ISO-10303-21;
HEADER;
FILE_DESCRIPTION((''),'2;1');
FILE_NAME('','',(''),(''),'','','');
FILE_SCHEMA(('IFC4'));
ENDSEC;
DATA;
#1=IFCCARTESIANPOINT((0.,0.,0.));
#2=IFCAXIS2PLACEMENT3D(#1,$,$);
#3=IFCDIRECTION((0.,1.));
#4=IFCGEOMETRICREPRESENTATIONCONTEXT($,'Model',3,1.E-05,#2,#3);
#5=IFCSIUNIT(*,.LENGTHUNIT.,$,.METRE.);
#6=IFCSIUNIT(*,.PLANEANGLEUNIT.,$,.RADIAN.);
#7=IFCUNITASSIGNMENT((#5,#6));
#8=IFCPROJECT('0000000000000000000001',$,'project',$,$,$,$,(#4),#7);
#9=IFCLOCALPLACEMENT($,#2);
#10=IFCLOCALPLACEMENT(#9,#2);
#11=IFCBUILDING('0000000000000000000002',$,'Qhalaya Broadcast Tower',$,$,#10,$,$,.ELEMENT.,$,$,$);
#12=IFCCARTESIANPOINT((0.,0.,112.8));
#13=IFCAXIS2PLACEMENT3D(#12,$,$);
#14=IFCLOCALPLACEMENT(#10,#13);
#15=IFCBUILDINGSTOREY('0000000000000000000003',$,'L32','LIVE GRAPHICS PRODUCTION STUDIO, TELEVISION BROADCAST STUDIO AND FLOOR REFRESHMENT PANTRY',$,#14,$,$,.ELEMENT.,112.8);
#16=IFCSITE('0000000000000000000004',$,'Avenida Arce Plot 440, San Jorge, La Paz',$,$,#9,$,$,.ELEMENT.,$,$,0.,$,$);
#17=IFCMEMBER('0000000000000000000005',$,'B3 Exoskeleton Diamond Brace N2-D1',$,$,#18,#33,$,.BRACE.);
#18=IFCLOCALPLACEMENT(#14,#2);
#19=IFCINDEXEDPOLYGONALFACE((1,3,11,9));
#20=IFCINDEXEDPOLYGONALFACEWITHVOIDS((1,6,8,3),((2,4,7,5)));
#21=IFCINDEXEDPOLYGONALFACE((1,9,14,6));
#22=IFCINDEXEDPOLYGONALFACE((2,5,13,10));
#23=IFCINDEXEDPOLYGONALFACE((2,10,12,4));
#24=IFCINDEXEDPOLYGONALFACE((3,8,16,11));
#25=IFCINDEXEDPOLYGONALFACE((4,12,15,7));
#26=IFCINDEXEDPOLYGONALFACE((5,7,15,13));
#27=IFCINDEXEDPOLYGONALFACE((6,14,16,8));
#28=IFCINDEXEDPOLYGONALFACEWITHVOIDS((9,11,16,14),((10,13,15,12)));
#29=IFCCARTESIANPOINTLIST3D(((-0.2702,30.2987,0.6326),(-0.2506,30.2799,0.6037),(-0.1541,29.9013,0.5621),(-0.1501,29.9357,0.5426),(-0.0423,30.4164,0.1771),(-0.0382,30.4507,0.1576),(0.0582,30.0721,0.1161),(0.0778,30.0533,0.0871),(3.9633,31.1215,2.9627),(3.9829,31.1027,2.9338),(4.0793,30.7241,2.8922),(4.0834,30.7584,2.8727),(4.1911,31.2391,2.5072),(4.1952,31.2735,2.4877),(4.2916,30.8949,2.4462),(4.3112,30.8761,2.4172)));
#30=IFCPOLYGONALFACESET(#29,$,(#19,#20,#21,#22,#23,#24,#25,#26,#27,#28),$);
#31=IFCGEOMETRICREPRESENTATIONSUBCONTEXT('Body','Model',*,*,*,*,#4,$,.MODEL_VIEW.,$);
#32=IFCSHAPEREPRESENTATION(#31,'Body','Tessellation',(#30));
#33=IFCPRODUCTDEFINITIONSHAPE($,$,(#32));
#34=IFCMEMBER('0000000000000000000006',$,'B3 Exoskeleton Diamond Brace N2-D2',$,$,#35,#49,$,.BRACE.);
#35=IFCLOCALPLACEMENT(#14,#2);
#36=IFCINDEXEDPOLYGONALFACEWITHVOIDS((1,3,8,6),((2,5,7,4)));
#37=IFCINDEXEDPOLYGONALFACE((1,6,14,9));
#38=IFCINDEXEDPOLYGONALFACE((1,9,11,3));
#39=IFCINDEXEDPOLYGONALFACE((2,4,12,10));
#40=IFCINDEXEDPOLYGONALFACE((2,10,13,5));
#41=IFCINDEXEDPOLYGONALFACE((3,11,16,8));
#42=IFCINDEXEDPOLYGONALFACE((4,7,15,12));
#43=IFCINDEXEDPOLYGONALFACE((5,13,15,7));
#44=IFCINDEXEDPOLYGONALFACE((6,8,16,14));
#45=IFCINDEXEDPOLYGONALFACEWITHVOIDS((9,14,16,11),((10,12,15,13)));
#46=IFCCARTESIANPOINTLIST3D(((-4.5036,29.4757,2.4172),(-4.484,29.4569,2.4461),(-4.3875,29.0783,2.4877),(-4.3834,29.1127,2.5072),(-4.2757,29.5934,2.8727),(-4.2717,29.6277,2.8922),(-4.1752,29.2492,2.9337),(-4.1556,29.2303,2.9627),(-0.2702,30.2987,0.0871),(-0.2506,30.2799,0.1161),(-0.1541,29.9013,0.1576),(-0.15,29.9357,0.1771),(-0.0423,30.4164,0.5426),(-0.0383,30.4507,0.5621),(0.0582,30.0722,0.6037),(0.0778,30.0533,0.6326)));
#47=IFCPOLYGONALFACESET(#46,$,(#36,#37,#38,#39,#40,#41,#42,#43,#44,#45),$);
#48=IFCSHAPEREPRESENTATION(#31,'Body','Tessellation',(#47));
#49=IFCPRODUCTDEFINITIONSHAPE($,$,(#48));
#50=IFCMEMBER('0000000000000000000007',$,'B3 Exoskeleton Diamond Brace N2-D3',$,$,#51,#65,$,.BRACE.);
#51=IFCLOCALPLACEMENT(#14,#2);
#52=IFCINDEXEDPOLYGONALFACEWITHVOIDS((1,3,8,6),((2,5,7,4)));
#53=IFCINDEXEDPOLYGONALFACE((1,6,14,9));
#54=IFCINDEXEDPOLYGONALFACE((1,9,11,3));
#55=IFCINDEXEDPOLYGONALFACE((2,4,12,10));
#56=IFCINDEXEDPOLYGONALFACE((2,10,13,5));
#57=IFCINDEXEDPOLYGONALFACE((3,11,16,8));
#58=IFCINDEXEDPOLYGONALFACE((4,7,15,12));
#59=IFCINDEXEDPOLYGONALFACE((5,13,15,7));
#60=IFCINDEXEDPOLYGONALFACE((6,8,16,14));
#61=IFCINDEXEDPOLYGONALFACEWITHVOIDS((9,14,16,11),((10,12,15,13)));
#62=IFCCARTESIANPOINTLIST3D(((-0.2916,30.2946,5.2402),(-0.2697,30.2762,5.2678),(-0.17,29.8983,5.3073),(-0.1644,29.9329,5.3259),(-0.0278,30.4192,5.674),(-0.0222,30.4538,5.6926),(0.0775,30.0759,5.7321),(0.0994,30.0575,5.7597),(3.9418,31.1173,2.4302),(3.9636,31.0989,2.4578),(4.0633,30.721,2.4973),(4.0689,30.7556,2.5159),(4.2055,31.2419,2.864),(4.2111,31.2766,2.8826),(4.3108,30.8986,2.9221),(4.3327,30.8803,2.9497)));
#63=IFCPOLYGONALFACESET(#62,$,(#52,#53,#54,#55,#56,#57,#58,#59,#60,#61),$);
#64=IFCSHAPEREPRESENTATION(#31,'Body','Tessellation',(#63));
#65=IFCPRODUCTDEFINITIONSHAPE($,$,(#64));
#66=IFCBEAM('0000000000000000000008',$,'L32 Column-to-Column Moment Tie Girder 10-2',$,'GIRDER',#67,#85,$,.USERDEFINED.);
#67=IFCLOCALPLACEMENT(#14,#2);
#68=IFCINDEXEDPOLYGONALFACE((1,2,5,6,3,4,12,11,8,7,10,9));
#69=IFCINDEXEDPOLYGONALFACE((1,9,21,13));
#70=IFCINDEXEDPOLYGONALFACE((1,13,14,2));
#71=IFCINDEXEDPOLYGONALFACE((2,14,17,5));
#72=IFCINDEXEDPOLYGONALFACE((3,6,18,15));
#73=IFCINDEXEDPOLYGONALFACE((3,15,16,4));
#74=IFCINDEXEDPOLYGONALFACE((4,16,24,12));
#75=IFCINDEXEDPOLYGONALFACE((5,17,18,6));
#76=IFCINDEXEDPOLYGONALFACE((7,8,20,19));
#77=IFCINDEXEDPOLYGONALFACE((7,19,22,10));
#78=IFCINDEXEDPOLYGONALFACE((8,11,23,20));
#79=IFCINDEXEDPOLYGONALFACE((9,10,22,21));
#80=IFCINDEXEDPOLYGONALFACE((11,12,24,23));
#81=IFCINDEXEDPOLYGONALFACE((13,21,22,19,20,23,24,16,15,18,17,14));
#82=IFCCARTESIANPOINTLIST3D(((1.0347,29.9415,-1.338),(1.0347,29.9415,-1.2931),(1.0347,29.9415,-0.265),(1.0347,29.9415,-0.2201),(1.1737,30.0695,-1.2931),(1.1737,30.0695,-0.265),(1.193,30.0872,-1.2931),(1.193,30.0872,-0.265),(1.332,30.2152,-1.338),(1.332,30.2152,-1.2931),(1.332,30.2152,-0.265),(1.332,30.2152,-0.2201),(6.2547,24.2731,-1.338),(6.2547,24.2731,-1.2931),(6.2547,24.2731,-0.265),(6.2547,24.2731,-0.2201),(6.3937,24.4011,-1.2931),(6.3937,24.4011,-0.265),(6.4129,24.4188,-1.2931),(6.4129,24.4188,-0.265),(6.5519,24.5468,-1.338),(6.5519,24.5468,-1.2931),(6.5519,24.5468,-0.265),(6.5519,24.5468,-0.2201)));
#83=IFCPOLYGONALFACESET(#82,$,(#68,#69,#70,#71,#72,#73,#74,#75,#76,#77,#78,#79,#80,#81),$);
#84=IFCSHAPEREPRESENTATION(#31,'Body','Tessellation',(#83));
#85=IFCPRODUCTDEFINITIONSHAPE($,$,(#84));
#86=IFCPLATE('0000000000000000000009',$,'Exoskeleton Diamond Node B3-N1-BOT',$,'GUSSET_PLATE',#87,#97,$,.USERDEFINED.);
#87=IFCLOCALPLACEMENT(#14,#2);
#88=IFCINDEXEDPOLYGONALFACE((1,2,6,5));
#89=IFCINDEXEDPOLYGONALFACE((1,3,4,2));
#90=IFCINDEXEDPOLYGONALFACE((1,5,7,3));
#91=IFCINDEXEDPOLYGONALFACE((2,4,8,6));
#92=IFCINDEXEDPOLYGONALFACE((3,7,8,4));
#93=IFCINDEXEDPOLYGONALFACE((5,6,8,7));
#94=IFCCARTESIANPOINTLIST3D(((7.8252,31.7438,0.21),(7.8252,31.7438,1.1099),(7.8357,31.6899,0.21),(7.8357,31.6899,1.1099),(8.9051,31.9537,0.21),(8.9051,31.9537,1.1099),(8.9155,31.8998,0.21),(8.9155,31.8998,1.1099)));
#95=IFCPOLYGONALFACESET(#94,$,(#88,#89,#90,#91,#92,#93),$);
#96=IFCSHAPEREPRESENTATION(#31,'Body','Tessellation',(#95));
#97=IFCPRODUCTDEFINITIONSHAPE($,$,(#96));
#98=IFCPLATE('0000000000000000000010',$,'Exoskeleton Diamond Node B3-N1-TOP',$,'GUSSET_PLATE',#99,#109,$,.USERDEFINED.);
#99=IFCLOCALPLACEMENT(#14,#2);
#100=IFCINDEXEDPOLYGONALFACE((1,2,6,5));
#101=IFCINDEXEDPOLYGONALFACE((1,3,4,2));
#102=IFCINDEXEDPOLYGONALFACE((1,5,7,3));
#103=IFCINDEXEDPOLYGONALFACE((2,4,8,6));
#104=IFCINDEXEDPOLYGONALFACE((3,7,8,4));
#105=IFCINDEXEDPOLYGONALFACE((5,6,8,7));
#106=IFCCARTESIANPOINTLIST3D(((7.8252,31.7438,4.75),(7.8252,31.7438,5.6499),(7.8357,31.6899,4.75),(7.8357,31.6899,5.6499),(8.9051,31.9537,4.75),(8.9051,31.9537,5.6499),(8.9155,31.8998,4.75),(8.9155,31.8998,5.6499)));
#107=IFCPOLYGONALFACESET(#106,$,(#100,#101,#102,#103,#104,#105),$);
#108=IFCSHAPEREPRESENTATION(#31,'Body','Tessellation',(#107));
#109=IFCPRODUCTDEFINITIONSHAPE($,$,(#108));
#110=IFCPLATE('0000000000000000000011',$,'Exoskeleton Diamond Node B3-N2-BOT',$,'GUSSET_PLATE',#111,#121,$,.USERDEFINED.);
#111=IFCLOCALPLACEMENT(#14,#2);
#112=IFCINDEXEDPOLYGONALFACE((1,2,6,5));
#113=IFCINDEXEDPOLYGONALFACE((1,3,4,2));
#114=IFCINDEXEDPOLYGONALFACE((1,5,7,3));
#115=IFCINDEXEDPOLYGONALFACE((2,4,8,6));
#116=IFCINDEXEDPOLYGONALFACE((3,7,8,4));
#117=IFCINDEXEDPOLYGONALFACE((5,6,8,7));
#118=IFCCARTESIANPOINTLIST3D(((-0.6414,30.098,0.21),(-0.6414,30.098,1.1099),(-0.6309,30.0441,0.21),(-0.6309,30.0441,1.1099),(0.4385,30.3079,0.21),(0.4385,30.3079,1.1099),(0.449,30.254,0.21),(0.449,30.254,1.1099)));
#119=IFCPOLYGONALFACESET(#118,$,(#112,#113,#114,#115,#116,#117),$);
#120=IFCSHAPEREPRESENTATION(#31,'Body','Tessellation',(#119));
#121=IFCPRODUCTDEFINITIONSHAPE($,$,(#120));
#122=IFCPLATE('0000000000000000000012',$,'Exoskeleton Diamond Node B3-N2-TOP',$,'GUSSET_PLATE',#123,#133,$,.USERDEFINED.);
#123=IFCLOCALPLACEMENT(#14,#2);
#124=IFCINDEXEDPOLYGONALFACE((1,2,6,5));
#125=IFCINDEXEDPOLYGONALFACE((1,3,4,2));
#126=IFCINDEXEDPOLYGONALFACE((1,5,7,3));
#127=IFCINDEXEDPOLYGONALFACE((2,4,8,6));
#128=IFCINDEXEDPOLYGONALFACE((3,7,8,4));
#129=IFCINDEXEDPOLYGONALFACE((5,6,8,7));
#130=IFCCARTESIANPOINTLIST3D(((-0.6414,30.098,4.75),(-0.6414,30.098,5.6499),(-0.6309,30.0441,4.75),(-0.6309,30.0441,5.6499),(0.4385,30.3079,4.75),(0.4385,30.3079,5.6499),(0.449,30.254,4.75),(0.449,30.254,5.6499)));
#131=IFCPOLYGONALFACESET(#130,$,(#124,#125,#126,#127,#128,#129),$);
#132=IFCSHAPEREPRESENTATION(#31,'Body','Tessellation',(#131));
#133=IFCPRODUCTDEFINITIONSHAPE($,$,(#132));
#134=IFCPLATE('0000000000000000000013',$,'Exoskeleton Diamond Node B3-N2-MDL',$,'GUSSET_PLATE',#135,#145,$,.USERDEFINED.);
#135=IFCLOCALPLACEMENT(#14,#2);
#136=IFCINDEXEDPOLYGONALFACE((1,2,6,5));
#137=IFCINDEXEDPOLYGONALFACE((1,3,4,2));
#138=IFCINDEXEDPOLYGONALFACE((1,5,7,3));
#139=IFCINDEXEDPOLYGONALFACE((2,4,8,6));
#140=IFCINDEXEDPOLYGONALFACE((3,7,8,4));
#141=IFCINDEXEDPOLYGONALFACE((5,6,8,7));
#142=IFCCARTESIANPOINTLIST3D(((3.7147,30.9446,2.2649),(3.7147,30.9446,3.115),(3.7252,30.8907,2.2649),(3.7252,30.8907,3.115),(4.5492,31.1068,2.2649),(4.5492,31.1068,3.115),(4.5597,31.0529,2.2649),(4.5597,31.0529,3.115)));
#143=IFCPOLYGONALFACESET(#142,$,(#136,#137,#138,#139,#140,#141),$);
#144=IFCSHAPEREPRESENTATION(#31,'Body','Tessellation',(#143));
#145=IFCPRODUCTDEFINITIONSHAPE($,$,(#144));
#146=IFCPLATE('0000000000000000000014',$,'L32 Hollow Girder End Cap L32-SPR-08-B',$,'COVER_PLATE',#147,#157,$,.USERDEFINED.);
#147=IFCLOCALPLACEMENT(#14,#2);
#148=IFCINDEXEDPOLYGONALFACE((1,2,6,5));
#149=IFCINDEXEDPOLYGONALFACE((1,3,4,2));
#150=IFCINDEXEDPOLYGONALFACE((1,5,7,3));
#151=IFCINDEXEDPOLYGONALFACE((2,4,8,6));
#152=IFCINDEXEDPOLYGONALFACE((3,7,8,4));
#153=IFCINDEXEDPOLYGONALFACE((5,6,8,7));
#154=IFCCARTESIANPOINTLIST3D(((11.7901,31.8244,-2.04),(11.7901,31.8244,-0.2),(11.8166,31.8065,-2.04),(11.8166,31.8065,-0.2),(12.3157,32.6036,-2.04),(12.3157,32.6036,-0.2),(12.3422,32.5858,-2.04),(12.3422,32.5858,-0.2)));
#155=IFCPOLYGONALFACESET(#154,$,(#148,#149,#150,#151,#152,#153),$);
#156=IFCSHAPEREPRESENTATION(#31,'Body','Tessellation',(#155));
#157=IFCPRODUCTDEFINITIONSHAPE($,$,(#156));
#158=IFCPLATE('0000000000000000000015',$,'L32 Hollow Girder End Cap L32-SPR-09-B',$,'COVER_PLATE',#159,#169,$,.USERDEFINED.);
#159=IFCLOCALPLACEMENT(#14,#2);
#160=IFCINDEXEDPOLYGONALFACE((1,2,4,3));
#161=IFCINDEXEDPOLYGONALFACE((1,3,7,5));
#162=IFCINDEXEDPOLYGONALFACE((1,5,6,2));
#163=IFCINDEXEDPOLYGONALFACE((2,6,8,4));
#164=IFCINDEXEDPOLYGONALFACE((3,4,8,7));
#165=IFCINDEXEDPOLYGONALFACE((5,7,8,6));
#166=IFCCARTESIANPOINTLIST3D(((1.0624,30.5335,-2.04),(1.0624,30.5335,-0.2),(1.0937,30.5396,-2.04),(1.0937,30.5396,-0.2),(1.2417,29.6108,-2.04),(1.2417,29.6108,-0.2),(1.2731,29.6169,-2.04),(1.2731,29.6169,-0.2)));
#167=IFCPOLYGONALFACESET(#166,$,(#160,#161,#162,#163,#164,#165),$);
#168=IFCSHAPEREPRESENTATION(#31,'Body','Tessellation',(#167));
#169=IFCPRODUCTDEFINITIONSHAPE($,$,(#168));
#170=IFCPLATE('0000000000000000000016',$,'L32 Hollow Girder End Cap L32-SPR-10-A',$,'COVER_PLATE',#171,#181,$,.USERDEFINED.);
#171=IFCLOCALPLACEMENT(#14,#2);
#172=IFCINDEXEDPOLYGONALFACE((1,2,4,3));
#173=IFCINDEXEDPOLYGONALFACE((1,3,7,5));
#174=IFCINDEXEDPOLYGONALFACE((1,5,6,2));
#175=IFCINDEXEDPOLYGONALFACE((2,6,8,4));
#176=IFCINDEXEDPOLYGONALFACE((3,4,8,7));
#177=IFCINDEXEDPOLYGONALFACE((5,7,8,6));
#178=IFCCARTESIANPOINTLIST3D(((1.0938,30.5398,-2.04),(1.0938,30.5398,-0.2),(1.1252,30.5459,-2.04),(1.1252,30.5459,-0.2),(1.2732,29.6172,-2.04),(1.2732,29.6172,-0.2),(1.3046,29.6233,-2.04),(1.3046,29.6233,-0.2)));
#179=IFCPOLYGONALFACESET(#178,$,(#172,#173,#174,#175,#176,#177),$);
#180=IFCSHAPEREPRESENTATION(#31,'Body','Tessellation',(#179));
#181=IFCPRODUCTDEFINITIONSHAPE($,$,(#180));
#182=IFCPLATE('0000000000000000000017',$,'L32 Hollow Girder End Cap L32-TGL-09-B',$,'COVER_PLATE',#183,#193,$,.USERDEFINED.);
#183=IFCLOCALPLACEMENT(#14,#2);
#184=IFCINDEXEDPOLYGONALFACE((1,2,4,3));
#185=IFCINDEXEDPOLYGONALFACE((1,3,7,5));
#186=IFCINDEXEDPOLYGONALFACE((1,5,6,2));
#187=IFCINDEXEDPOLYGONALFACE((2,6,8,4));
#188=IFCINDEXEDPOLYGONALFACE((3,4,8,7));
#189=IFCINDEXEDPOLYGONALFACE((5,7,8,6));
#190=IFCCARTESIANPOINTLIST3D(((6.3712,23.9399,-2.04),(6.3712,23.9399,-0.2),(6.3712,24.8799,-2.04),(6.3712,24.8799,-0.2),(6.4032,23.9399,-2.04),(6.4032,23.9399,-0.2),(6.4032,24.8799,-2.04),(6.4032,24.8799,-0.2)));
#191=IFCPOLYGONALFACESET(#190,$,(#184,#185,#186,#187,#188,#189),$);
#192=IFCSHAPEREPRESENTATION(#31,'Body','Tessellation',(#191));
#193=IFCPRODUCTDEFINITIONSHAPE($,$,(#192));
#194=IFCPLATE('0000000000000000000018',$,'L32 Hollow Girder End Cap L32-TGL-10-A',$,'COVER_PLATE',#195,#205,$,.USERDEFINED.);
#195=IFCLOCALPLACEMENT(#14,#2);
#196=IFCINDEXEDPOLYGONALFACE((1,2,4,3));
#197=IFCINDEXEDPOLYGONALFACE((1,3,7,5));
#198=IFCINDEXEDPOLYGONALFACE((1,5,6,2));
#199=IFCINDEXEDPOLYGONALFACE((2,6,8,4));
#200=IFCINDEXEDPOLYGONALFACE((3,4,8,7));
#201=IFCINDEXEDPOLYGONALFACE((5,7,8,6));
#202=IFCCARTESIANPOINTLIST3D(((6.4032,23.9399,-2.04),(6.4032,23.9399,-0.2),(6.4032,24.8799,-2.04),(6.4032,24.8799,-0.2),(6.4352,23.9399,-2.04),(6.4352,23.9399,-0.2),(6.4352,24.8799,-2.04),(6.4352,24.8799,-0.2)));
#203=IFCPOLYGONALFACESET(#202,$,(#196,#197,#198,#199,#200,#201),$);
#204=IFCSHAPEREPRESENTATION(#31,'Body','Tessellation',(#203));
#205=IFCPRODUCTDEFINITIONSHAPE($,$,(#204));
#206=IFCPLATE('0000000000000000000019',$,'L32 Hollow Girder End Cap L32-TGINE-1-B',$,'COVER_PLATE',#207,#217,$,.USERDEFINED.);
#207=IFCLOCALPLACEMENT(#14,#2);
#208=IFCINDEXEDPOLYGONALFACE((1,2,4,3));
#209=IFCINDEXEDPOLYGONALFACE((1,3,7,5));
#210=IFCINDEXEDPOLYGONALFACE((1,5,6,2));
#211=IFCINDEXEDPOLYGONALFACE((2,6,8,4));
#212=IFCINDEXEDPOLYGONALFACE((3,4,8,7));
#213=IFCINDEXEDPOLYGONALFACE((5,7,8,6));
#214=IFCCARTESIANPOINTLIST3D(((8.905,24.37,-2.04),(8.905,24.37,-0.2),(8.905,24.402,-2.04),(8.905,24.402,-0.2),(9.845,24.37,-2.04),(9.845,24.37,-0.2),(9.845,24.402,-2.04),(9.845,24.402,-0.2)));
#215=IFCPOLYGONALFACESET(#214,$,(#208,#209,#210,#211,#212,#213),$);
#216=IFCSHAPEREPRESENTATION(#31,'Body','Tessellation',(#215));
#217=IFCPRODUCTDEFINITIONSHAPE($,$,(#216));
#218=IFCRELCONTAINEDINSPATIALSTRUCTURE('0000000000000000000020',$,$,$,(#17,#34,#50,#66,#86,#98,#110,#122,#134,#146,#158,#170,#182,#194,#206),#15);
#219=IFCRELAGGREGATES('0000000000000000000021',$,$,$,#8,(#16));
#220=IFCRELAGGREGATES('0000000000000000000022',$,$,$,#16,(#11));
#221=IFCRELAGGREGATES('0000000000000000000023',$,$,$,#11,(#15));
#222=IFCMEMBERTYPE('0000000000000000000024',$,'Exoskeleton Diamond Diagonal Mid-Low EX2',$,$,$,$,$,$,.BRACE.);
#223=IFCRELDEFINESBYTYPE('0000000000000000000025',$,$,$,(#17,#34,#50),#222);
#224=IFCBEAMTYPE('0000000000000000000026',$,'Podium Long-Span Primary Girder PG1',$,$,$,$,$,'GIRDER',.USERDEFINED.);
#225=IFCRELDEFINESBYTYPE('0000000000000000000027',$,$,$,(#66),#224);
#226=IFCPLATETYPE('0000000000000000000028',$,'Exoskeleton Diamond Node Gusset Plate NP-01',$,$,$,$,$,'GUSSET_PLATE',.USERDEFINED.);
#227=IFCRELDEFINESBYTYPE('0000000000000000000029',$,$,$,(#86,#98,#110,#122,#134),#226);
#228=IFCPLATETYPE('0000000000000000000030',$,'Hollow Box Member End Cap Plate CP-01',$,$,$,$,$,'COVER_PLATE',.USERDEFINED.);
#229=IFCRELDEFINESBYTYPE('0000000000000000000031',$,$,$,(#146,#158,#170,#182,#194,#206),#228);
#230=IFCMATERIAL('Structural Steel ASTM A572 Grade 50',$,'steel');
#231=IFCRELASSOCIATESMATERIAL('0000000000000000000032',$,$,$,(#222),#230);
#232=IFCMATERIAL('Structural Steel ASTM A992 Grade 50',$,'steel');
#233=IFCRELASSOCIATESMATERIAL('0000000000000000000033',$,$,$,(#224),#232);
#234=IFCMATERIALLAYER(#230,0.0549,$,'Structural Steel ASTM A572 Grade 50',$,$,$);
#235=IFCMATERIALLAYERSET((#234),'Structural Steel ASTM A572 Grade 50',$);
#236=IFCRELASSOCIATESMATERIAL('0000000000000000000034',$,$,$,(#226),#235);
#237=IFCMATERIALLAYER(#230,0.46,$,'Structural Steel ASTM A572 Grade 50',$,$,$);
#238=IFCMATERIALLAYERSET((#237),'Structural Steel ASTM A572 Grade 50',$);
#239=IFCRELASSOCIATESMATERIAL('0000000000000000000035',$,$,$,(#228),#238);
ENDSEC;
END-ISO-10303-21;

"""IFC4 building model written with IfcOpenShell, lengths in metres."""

from ifc_helpers import new_model, si_unit, direction, frame, origin, origin_2d, place, context, subcontext, project, spatial, rectangle, hollow_rectangle, i_section, extrude, material, layer, layer_set, material_profile, profile_set, type_object, element, save


model = new_model("IFC4")

# Units and contexts
model_context = context("Model", 3, precision=1e-05, world=origin(), true_north=direction((0.0, 1.0)))
body_context = subcontext(model_context, "Body", "Model", "MODEL_VIEW")
ifc_project = project(units=[si_unit("LENGTHUNIT", "METRE"), si_unit("PLANEANGLEUNIT", "RADIAN")], contexts=[model_context])

# Site, building, storey
site_placement = place(None, origin())
site = spatial("IfcSite", under=ifc_project, at=site_placement, Name="Avenida Arce Plot 440, San Jorge, La Paz", CompositionType="ELEMENT", RefElevation=0.0)
building_placement = place(site_placement, origin())
building = spatial("IfcBuilding", under=site, at=building_placement, Name="Qhalaya Broadcast Tower", CompositionType="ELEMENT")
storey_placement = place(building_placement, frame((0.0, 0.0, 112.8)))
storey = spatial("IfcBuildingStorey", under=building, at=storey_placement, Name="L32", Description="LIVE GRAPHICS PRODUCTION STUDIO, TELEVISION BROADCAST STUDIO AND FLOOR REFRESHMENT PANTRY", CompositionType="ELEMENT", Elevation=112.8)

# Shared definitions
ifc_material_1 = material(Name="Structural Steel ASTM A572 Grade 50", Category="steel")

# Shared definitions
ifc_material_2 = material(Name="Structural Steel ASTM A992 Grade 50", Category="steel")

# Members
ifc_material_profile_1 = material_profile(ifc_material_1, hollow_rectangle(XDim=0.4199, YDim=0.55, WallThickness=0.0281, at=origin_2d()), Name="BOX 420x550x28")
ifc_profile_set_1 = profile_set([ifc_material_profile_1], Name="Structural Steel ASTM A572 Grade 50")
member_type = type_object("IfcMemberType", Name="Exoskeleton Diamond Diagonal Mid-Low EX2", PredefinedType="BRACE", material=ifc_profile_set_1)
for number, where, z_axis, x_axis, name in (
    (1, (-0.0962, 30.176, 0.3599), (0.863638, 0.167847, 0.475349), (-0.276309, 0.946294, 0.167873), "B3 Exoskeleton Diamond Brace N2-D1"),
    (2, (-0.0962, 30.176, 0.3599), (-0.863631, -0.167895, 0.475346), (0.276361, -0.946279, 0.167874), "B3 Exoskeleton Diamond Brace N2-D2"),
):
    element("IfcMember", number, at=place(storey_placement, frame(where, z_axis=z_axis, x_axis=x_axis)), inside=storey, type_object=member_type, Name=name, PredefinedType="BRACE", context=body_context, shape_type="SweptSolid", body=[
        extrude(hollow_rectangle(XDim=0.4199, YDim=0.55, WallThickness=0.0281, at=origin_2d()), origin(), (0.0, 0.0, 1.0), 4.9019),
    ])
member_1_placement = place(storey_placement, frame((4.1372, 30.9988, 2.6899), z_axis=(-0.822445, -0.159841, 0.545925), x_axis=(0.289528, -0.943725, 0.159866)))
element("IfcMember", 3, at=member_1_placement, inside=storey, type_object=member_type, Name="B3 Exoskeleton Diamond Brace N2-D3", PredefinedType="BRACE", context=body_context, shape_type="SweptSolid", body=[
    extrude(hollow_rectangle(XDim=0.4199, YDim=0.55, WallThickness=0.0281, at=origin_2d()), origin(), (0.0, 0.0, 1.0), 5.1472),
])

# Beam
ifc_material_profile_2 = material_profile(ifc_material_2, i_section(OverallWidth=0.4041, OverallDepth=1.1179, WebThickness=0.0261, FlangeThickness=0.0449, at=origin_2d()), Name="W44X335")
ifc_profile_set_2 = profile_set([ifc_material_profile_2], Name="Structural Steel ASTM A992 Grade 50")
beam_type_1 = type_object("IfcBeamType", Name="Podium Long-Span Primary Girder PG1", ElementType="GIRDER", PredefinedType="USERDEFINED", material=ifc_profile_set_2)
beam_1_placement = place(storey_placement, frame((6.4033, 24.4099, -0.7791), z_axis=(-0.677407, 0.735608, 0.0), x_axis=(-0.735608, -0.677407, 0.0)))
element("IfcBeam", 4, at=beam_1_placement, inside=storey, type_object=beam_type_1, Name="L32 Column-to-Column Moment Tie Girder 10-2", ObjectType="GIRDER", PredefinedType="USERDEFINED", context=body_context, shape_type="SweptSolid", body=[
    extrude(i_section(OverallWidth=0.4041, OverallDepth=1.1179, WebThickness=0.0261, FlangeThickness=0.0449, at=origin_2d()), origin(), (0.0, 0.0, 1.0), 7.7058),
])

# Plates
ifc_layer_1 = layer(ifc_material_1, 0.0549, Name="Structural Steel ASTM A572 Grade 50")
ifc_layer_set_1 = layer_set([ifc_layer_1], Name="Structural Steel ASTM A572 Grade 50")
plate_type_1 = type_object("IfcPlateType", Name="Exoskeleton Diamond Node Gusset Plate NP-01", ElementType="GUSSET_PLATE", PredefinedType="USERDEFINED", material=ifc_layer_set_1)
for number, where, z_axis, x_axis, name in (
    (5, (8.3704, 31.8218, 0.21), (0.0, 0.0, 1.0), (0.981627, 0.190809, 0.0), "Exoskeleton Diamond Node B3-N1-BOT"),
    (6, (8.3704, 31.8218, 4.75), (0.0, 0.0, 1.0), (0.981627, 0.190809, 0.0), "Exoskeleton Diamond Node B3-N1-TOP"),
    (7, (-0.0962, 30.176, 0.21), (0.0, 0.0, 1.0), (0.981627, 0.190809, 0.0), "Exoskeleton Diamond Node B3-N2-BOT"),
    (8, (-0.0962, 30.176, 4.75), (0.0, 0.0, 1.0), (0.981627, 0.190809, 0.0), "Exoskeleton Diamond Node B3-N2-TOP"),
):
    element("IfcPlate", number, at=place(storey_placement, frame(where, z_axis=z_axis, x_axis=x_axis)), inside=storey, type_object=plate_type_1, Name=name, ObjectType="GUSSET_PLATE", PredefinedType="USERDEFINED", context=body_context, shape_type="SweptSolid", body=[
        extrude(rectangle(XDim=1.1001, YDim=0.0549, at=origin_2d()), origin(), (0.0, 0.0, 1.0), 0.8999),
    ])
plate_1_placement = place(storey_placement, frame((4.1372, 30.9988, 2.2649), z_axis=(0.0, 0.0, 1.0), x_axis=(0.981627, 0.190809, 0.0)))
element("IfcPlate", 9, at=plate_1_placement, inside=storey, type_object=plate_type_1, Name="Exoskeleton Diamond Node B3-N2-MDL", ObjectType="GUSSET_PLATE", PredefinedType="USERDEFINED", context=body_context, shape_type="SweptSolid", body=[
    extrude(rectangle(XDim=0.8501, YDim=0.0549, at=origin_2d()), origin(), (0.0, 0.0, 1.0), 0.8501),
])
ifc_layer_2 = layer(ifc_material_1, 0.46, Name="Structural Steel ASTM A572 Grade 50")
ifc_layer_set_2 = layer_set([ifc_layer_2], Name="Structural Steel ASTM A572 Grade 50")
plate_type_2 = type_object("IfcPlateType", Name="Hollow Box Member End Cap Plate CP-01", ElementType="COVER_PLATE", PredefinedType="USERDEFINED", material=ifc_layer_set_2)
for number, where, z_axis, x_axis, name in (
    (10, (12.0662, 32.2051, -2.04), (0.0, 0.0, 1.0), (-0.559193, -0.829038, 0.0), "L32 Hollow Girder End Cap L32-SPR-08-B"),
    (11, (1.1677, 30.0752, -2.04), (0.0, 0.0, 1.0), (0.190809, -0.981627, 0.0), "L32 Hollow Girder End Cap L32-SPR-09-B"),
    (12, (1.1992, 30.0815, -2.04), (0.0, 0.0, 1.0), (0.190809, -0.981627, 0.0), "L32 Hollow Girder End Cap L32-SPR-10-A"),
    (13, (6.3872, 24.4099, -2.04), (0.0, 0.0, 1.0), (0.0, -1.0, 0.0), "L32 Hollow Girder End Cap L32-TGL-09-B"),
    (14, (6.4192, 24.4099, -2.04), (0.0, 0.0, 1.0), (0.0, -1.0, 0.0), "L32 Hollow Girder End Cap L32-TGL-10-A"),
    (15, (9.375, 24.386, -2.04), (0.0, 0.0, 1.0), (-1.0, 0.0, 0.0), "L32 Hollow Girder End Cap L32-TGINE-1-B"),
):
    element("IfcPlate", number, at=place(storey_placement, frame(where, z_axis=z_axis, x_axis=x_axis)), inside=storey, type_object=plate_type_2, Name=name, ObjectType="COVER_PLATE", PredefinedType="USERDEFINED", context=body_context, shape_type="SweptSolid", body=[
        extrude(rectangle(XDim=0.9399, YDim=0.032, at=origin_2d()), origin(), (0.0, 0.0, 1.0), 1.8401),
    ])

save(model, "model.ifc")
